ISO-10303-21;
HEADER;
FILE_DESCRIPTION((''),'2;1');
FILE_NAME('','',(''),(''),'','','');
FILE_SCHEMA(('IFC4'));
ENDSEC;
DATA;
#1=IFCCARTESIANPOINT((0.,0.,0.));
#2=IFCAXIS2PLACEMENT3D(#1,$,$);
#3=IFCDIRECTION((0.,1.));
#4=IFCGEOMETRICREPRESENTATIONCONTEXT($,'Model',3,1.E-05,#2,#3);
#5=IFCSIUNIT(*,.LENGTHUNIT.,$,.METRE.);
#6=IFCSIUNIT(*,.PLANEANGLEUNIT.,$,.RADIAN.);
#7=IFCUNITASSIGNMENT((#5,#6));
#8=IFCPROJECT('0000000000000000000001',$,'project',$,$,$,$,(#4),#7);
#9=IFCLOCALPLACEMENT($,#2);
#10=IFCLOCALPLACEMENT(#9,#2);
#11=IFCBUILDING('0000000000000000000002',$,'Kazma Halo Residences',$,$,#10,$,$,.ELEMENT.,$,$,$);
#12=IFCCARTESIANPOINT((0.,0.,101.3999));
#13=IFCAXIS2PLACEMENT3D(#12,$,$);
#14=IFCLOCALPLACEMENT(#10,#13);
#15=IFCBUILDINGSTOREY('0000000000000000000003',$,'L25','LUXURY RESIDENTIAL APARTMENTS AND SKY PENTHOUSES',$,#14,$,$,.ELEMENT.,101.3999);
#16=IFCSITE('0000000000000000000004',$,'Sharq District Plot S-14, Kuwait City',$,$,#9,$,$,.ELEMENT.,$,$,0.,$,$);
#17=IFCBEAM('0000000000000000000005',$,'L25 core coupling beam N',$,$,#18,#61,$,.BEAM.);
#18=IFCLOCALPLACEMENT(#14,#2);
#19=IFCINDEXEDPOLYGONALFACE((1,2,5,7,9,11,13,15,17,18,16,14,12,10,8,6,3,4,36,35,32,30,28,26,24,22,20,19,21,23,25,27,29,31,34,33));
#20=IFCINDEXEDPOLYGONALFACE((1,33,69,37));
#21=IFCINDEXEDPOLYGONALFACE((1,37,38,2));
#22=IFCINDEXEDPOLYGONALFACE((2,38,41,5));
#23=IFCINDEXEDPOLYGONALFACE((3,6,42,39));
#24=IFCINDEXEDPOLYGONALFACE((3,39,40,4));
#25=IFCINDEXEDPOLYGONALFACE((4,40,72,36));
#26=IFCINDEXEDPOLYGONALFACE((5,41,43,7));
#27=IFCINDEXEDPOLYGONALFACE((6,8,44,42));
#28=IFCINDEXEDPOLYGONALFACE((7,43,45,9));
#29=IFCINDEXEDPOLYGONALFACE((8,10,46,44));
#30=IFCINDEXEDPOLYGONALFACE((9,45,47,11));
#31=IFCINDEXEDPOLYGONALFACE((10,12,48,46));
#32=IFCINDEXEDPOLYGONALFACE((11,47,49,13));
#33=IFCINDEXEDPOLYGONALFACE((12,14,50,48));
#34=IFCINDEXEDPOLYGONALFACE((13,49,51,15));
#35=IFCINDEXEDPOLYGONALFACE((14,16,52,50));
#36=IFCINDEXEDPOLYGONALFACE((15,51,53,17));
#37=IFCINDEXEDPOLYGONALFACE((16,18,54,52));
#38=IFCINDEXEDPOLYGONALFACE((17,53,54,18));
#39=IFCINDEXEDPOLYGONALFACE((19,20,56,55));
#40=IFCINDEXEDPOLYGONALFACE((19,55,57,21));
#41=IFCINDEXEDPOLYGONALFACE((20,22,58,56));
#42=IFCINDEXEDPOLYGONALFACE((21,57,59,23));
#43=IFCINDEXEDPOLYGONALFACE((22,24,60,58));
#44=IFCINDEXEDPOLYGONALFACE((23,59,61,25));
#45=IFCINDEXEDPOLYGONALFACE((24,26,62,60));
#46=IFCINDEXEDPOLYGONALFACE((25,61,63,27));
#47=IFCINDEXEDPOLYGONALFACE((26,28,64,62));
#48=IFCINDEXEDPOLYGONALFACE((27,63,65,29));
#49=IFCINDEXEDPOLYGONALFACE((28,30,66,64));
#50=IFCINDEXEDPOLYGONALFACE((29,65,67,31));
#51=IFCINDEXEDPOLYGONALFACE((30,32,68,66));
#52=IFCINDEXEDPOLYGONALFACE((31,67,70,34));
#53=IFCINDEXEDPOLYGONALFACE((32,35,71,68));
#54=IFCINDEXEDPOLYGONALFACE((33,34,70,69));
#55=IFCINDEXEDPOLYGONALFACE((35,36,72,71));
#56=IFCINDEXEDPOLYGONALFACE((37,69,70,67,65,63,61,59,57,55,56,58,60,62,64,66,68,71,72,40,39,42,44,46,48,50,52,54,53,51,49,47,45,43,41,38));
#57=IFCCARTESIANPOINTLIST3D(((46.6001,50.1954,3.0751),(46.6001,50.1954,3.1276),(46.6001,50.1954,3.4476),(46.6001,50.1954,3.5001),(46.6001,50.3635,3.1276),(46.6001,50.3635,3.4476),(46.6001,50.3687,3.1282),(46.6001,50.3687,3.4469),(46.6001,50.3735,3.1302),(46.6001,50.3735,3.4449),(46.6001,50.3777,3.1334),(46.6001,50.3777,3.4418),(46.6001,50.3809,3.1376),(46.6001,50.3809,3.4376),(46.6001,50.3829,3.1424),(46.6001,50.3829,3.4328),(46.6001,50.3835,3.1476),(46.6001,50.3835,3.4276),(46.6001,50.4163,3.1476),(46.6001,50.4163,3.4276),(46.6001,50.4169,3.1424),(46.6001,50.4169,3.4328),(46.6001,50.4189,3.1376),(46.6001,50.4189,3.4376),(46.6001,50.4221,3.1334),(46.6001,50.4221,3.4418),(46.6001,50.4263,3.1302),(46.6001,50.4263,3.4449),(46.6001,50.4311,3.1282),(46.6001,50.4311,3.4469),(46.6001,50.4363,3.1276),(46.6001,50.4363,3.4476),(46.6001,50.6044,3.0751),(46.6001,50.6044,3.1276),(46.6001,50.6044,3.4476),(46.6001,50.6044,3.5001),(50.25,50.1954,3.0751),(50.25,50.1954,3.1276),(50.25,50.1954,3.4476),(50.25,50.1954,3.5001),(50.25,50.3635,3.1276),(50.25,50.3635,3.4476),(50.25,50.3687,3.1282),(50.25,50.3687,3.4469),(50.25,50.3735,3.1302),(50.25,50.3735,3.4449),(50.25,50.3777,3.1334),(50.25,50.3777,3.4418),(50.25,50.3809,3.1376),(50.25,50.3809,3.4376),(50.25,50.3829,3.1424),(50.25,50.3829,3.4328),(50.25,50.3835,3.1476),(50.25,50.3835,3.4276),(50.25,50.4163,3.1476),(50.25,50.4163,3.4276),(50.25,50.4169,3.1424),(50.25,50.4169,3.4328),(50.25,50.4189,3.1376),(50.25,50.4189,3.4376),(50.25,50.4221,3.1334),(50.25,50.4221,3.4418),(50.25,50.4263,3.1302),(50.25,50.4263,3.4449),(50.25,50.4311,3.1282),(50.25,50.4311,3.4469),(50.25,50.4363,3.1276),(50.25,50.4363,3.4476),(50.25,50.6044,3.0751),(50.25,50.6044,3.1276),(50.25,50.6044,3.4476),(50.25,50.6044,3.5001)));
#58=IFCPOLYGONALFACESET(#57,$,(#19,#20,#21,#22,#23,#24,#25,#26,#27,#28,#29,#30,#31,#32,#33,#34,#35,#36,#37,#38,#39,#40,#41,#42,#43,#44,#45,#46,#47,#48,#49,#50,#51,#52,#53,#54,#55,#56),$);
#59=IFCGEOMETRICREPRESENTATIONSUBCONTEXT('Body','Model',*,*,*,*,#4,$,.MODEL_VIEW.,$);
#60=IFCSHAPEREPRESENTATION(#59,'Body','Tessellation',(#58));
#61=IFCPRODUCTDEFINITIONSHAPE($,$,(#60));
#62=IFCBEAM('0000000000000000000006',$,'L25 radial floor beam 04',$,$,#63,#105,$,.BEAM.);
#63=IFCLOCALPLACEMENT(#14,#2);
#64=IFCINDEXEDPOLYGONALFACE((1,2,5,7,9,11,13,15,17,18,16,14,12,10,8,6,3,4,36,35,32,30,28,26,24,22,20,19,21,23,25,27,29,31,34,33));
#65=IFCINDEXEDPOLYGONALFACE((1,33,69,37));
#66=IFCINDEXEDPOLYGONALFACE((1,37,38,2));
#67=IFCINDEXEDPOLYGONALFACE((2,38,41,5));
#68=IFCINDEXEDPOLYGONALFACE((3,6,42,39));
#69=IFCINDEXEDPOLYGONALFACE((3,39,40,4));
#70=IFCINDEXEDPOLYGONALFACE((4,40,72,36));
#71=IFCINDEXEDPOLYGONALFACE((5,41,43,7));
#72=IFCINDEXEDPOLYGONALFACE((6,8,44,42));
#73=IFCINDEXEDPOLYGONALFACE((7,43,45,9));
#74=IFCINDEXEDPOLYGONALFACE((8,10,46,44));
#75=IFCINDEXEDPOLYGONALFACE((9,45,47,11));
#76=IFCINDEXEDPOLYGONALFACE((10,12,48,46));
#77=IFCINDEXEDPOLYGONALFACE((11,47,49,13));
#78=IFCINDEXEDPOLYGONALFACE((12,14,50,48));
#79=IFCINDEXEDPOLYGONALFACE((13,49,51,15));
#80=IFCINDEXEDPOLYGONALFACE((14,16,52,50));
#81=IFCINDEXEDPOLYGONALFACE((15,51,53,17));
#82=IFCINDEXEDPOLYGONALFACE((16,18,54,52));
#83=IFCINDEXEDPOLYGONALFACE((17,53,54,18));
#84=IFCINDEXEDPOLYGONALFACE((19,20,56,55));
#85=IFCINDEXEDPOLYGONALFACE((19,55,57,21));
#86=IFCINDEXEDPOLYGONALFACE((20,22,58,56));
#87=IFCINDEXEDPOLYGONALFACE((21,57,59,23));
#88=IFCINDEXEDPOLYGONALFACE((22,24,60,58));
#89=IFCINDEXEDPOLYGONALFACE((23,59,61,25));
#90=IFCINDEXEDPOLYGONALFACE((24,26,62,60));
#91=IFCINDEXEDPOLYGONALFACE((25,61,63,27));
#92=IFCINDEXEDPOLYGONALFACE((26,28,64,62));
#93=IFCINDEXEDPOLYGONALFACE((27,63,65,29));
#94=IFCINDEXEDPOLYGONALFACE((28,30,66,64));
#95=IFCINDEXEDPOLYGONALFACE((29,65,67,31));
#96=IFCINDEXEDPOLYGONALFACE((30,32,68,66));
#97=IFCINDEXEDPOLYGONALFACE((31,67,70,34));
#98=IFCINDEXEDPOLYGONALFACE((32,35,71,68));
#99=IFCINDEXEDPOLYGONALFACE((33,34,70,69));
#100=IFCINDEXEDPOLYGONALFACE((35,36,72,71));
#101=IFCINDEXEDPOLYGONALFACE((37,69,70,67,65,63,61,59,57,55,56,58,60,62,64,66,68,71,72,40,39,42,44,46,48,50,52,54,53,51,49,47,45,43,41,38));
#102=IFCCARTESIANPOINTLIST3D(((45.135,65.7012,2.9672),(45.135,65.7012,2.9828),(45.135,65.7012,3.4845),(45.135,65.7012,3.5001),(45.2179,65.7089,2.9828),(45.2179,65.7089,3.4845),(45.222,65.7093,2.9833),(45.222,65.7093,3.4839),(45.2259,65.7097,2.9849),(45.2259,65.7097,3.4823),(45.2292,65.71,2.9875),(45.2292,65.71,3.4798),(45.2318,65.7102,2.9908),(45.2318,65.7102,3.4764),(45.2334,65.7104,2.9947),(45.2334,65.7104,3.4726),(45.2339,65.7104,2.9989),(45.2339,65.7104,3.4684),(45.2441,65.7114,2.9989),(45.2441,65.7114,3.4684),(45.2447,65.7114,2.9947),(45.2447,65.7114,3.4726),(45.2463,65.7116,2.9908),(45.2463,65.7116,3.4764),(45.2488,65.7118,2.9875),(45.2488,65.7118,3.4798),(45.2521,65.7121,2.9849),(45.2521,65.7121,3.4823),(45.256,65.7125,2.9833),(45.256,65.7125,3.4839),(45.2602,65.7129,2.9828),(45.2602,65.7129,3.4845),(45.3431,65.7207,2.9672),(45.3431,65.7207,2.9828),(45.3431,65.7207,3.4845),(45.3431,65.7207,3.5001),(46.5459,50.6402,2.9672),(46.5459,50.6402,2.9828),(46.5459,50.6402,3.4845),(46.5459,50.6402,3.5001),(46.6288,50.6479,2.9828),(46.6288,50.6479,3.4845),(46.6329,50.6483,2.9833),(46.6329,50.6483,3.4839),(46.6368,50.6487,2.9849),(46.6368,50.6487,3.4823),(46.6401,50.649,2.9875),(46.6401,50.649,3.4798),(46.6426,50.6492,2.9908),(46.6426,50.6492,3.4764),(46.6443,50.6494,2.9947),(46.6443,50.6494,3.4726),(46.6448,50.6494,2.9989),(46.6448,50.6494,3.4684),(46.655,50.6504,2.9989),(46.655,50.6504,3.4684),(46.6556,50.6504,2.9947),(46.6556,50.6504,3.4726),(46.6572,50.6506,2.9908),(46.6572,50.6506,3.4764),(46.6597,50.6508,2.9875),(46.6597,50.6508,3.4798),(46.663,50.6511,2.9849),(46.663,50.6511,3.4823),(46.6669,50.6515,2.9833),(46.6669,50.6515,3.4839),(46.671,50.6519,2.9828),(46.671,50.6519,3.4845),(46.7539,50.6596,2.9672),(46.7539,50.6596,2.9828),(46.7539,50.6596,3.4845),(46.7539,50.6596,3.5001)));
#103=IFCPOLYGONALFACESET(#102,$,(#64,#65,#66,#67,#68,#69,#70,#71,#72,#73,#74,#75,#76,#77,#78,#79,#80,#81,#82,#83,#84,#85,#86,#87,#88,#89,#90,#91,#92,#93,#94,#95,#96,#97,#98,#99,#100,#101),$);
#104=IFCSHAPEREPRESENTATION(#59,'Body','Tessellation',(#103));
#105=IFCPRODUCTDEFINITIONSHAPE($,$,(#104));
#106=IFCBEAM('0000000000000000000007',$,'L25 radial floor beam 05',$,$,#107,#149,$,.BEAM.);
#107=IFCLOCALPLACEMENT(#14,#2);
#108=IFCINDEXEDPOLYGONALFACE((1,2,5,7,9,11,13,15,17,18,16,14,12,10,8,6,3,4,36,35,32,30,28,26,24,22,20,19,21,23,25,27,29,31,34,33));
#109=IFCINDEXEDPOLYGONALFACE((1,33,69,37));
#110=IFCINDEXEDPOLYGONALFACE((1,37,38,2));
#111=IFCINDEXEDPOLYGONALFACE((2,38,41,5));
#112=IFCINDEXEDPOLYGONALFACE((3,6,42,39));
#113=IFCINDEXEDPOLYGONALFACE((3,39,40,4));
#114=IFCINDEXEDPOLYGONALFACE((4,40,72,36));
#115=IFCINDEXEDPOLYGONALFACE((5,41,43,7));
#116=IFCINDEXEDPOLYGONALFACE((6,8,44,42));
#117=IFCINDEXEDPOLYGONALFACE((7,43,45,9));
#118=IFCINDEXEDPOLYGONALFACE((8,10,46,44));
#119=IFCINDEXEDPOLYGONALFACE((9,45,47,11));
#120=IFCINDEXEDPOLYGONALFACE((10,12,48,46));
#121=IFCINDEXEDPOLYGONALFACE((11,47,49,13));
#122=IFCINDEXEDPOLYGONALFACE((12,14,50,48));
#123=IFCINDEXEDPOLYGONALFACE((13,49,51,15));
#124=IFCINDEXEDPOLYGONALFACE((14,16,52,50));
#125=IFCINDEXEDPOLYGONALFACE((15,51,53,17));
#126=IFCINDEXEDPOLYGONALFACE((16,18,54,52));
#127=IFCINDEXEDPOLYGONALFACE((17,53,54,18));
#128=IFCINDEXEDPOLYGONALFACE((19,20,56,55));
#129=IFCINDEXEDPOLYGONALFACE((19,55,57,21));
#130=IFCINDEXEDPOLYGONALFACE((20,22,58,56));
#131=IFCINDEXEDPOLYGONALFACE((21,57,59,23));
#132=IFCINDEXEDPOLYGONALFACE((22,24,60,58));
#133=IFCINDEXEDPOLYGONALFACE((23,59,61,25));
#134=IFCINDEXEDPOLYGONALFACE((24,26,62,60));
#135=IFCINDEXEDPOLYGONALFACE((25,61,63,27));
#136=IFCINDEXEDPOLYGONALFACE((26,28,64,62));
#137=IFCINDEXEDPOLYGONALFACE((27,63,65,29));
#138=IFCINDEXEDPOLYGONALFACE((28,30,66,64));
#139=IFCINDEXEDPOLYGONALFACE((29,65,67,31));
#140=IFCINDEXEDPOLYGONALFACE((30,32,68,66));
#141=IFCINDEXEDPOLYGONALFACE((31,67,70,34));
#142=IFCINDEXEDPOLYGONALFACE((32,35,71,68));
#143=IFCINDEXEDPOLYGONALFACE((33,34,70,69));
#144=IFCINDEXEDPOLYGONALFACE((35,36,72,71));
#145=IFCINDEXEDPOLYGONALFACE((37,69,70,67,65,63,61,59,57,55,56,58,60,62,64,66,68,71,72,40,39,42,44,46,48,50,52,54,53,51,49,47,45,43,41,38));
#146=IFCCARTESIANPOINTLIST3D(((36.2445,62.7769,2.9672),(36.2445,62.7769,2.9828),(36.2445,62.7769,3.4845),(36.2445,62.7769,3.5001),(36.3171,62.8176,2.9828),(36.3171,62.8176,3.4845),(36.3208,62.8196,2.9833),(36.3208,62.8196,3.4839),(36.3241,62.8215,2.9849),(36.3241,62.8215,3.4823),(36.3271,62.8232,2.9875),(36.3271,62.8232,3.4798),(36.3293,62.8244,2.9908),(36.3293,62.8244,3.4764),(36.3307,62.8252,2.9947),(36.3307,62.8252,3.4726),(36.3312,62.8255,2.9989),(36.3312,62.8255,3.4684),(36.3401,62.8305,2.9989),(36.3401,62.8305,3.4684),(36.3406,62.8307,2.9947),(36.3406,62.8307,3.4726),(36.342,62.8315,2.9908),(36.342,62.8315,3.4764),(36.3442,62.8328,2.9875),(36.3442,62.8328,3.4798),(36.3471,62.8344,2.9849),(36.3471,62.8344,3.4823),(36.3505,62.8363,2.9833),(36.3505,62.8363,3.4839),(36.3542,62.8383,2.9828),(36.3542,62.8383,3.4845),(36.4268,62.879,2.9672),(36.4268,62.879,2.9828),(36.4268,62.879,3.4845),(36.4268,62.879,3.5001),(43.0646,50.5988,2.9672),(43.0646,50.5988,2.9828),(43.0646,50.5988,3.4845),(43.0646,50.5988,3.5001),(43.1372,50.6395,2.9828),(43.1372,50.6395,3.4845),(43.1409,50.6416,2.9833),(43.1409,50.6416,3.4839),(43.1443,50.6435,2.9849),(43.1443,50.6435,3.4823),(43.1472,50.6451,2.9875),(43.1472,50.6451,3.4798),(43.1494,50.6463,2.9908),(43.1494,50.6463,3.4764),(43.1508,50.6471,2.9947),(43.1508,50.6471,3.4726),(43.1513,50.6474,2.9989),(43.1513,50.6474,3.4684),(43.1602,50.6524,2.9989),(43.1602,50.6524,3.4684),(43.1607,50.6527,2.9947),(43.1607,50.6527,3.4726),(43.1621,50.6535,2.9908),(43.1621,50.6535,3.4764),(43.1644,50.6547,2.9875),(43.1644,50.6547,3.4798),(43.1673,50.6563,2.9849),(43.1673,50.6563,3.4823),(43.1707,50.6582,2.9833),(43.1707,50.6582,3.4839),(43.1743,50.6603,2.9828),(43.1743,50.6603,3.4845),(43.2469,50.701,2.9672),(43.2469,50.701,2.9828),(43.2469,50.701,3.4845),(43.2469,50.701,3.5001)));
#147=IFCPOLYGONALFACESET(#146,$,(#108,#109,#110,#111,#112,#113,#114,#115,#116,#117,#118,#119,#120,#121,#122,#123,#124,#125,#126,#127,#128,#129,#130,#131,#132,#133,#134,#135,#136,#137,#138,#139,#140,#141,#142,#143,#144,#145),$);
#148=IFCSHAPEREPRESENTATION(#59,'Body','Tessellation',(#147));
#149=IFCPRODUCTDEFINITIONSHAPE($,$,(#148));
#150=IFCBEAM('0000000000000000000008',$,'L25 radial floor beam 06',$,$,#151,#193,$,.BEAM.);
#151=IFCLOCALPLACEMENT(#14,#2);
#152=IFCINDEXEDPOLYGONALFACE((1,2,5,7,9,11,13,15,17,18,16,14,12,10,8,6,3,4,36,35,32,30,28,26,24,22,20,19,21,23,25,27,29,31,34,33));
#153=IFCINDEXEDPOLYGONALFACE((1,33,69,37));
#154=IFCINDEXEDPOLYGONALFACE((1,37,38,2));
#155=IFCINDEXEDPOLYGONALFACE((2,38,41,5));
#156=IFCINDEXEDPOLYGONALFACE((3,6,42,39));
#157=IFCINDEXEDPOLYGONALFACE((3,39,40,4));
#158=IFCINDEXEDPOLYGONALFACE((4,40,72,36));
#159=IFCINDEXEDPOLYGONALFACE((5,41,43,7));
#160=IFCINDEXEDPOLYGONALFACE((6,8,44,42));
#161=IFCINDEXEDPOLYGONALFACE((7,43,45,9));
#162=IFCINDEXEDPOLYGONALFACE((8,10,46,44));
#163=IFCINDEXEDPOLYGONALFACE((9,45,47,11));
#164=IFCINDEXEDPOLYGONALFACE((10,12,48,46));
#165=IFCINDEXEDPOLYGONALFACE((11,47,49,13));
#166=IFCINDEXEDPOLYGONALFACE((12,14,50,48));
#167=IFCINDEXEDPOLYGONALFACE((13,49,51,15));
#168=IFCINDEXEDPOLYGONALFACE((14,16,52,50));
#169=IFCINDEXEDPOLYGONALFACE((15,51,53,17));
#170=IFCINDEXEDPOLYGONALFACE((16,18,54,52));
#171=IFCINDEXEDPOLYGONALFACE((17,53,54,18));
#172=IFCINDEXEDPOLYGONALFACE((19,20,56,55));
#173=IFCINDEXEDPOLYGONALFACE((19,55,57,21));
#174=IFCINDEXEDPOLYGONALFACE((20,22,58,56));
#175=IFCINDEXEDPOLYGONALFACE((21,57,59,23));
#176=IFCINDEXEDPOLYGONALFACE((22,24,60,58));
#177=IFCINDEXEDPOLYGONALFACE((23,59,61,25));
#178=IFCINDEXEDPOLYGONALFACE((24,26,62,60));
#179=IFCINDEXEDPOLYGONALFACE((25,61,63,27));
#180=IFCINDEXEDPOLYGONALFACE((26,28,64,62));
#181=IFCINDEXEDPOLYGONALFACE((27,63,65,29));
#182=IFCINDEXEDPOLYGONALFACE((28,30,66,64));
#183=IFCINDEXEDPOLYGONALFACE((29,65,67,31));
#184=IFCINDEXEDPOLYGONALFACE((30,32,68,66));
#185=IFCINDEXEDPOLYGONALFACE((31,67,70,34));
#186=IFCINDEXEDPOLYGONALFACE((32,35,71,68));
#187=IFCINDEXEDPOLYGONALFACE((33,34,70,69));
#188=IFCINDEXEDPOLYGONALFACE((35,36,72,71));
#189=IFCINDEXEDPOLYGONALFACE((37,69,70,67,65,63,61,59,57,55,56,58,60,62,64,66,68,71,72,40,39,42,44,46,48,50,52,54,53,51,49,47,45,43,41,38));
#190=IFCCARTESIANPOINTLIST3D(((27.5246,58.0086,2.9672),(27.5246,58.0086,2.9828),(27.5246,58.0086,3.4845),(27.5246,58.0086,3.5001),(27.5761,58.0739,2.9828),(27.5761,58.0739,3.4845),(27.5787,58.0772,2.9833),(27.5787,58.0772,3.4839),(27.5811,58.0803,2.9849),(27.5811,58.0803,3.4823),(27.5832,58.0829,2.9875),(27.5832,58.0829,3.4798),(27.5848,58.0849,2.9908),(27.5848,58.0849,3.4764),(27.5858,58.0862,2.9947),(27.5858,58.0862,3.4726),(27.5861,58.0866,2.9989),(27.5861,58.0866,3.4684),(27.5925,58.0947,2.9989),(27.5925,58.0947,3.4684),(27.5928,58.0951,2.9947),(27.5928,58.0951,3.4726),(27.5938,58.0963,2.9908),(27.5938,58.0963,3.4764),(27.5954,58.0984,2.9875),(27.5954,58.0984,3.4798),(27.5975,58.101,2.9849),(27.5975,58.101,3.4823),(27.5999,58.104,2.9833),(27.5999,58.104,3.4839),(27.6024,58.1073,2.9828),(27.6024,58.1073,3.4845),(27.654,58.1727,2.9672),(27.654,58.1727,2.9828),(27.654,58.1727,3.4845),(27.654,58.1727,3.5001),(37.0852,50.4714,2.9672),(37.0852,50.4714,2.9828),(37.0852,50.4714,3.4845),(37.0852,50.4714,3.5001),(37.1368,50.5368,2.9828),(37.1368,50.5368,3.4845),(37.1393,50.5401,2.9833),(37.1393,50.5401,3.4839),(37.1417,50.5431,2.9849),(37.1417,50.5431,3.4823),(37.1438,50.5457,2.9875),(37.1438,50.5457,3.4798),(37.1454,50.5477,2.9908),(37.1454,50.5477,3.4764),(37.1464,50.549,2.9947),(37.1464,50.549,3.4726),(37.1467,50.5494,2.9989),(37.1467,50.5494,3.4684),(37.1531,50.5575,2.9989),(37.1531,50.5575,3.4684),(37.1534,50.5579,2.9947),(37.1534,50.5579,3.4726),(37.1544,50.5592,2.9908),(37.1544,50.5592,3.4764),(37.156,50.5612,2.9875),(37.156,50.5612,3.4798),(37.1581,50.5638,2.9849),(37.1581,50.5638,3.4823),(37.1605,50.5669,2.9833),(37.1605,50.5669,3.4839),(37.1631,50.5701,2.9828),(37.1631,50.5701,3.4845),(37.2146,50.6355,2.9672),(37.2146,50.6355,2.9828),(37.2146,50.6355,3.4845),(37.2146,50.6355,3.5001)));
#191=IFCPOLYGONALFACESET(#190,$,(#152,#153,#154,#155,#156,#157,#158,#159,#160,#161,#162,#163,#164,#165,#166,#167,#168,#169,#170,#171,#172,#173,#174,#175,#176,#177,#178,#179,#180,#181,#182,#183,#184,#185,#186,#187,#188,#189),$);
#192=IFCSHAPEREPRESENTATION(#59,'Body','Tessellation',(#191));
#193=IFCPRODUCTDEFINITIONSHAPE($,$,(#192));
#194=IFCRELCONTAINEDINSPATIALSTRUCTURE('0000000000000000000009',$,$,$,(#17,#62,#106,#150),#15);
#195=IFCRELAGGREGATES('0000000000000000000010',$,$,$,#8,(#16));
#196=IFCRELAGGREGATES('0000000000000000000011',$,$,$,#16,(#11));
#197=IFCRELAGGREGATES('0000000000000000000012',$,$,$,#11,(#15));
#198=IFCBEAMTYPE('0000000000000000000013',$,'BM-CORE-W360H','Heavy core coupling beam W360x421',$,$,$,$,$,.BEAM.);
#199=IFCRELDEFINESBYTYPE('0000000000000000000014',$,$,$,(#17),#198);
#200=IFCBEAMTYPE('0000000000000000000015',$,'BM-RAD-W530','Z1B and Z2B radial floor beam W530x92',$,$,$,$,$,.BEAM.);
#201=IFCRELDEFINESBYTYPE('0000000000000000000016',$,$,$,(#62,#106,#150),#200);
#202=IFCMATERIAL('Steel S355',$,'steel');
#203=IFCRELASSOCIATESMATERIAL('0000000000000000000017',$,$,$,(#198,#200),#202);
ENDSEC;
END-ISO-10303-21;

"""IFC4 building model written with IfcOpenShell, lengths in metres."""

from ifc_helpers import new_model, si_unit, direction, frame, origin, origin_2d, place, context, subcontext, project, spatial, i_section, extrude, material, material_profile, profile_set, type_object, element, save


model = new_model("IFC4")

# Units and contexts
model_context = context("Model", 3, precision=1e-05, world=origin(), true_north=direction((0.0, 1.0)))
body_context = subcontext(model_context, "Body", "Model", "MODEL_VIEW")
ifc_project = project(units=[si_unit("LENGTHUNIT", "METRE"), si_unit("PLANEANGLEUNIT", "RADIAN")], contexts=[model_context])

# Site, building, storey
site_placement = place(None, origin())
site = spatial("IfcSite", under=ifc_project, at=site_placement, Name="Sharq District Plot S-14, Kuwait City", CompositionType="ELEMENT", RefElevation=0.0)
building_placement = place(site_placement, origin())
building = spatial("IfcBuilding", under=site, at=building_placement, Name="Kazma Halo Residences", CompositionType="ELEMENT")
storey_placement = place(building_placement, frame((0.0, 0.0, 101.3999)))
storey = spatial("IfcBuildingStorey", under=building, at=storey_placement, Name="L25", Description="LUXURY RESIDENTIAL APARTMENTS AND SKY PENTHOUSES", CompositionType="ELEMENT", Elevation=101.3999)

# Beams
ifc_material_1 = material(Name="Steel S355", Category="steel")
ifc_material_profile_1 = material_profile(ifc_material_1, i_section(OverallWidth=0.4089, OverallDepth=0.425, WebThickness=0.0327, FlangeThickness=0.0525, FilletRadius=0.02, at=origin_2d()), Name="W360x421")
ifc_profile_set_1 = profile_set([ifc_material_profile_1], Name="Steel S355")
beam_type_1 = type_object("IfcBeamType", Name="BM-CORE-W360H", Description="Heavy core coupling beam W360x421", PredefinedType="BEAM", material=ifc_profile_set_1)
beam_1_placement = place(storey_placement, frame((46.6001, 50.3999, 3.2876), z_axis=(1.0, 0.0, 0.0), x_axis=(0.0, 1.0, 0.0)))
element("IfcBeam", 1, at=beam_1_placement, inside=storey, type_object=beam_type_1, Name="L25 core coupling beam N", PredefinedType="BEAM", context=body_context, shape_type="SweptSolid", body=[
    extrude(i_section(OverallWidth=0.4089, OverallDepth=0.425, WebThickness=0.0327, FlangeThickness=0.0525, FilletRadius=0.02, at=origin_2d()), origin(), (0.0, 0.0, 1.0), 3.6499),
])
ifc_material_profile_2 = material_profile(ifc_material_1, i_section(OverallWidth=0.209, OverallDepth=0.533, WebThickness=0.0103, FlangeThickness=0.0156, FilletRadius=0.0161, at=origin_2d()), Name="W530x92")
ifc_profile_set_2 = profile_set([ifc_material_profile_2], Name="Steel S355")
beam_type_2 = type_object("IfcBeamType", Name="BM-RAD-W530", Description="Z1B and Z2B radial floor beam W530x92", PredefinedType="BEAM", material=ifc_profile_set_2)
beam_2_placement = place(storey_placement, frame((46.6499, 50.6499, 3.2336), z_axis=(-0.09327, 0.995641, 0.0), x_axis=(-0.995641, -0.09327, 0.0)))
element("IfcBeam", 2, at=beam_2_placement, inside=storey, type_object=beam_type_2, Name="L25 radial floor beam 04", PredefinedType="BEAM", context=body_context, shape_type="SweptSolid", body=[
    extrude(i_section(OverallWidth=0.209, OverallDepth=0.533, WebThickness=0.0103, FlangeThickness=0.0156, FilletRadius=0.0161, at=origin_2d()), origin(), (0.0, 0.0, 1.0), 15.127),
])
beam_3_placement = place(storey_placement, frame((43.1558, 50.6499, 3.2336), z_axis=(-0.488625, 0.872494, 0.0), x_axis=(-0.872494, -0.488625, 0.0)))
element("IfcBeam", 3, at=beam_3_placement, inside=storey, type_object=beam_type_2, Name="L25 radial floor beam 05", PredefinedType="BEAM", context=body_context, shape_type="SweptSolid", body=[
    extrude(i_section(OverallWidth=0.209, OverallDepth=0.533, WebThickness=0.0103, FlangeThickness=0.0156, FilletRadius=0.0161, at=origin_2d()), origin(), (0.0, 0.0, 1.0), 13.9578),
])
beam_4_placement = place(storey_placement, frame((37.1499, 50.5535, 3.2336), z_axis=(-0.78531, 0.619103, 0.0), x_axis=(-0.619103, -0.78531, 0.0)))
element("IfcBeam", 4, at=beam_4_placement, inside=storey, type_object=beam_type_2, Name="L25 radial floor beam 06", PredefinedType="BEAM", context=body_context, shape_type="SweptSolid", body=[
    extrude(i_section(OverallWidth=0.209, OverallDepth=0.533, WebThickness=0.0103, FlangeThickness=0.0156, FilletRadius=0.0161, at=origin_2d()), origin(), (0.0, 0.0, 1.0), 12.1743),
])

save(model, "model.ifc")
